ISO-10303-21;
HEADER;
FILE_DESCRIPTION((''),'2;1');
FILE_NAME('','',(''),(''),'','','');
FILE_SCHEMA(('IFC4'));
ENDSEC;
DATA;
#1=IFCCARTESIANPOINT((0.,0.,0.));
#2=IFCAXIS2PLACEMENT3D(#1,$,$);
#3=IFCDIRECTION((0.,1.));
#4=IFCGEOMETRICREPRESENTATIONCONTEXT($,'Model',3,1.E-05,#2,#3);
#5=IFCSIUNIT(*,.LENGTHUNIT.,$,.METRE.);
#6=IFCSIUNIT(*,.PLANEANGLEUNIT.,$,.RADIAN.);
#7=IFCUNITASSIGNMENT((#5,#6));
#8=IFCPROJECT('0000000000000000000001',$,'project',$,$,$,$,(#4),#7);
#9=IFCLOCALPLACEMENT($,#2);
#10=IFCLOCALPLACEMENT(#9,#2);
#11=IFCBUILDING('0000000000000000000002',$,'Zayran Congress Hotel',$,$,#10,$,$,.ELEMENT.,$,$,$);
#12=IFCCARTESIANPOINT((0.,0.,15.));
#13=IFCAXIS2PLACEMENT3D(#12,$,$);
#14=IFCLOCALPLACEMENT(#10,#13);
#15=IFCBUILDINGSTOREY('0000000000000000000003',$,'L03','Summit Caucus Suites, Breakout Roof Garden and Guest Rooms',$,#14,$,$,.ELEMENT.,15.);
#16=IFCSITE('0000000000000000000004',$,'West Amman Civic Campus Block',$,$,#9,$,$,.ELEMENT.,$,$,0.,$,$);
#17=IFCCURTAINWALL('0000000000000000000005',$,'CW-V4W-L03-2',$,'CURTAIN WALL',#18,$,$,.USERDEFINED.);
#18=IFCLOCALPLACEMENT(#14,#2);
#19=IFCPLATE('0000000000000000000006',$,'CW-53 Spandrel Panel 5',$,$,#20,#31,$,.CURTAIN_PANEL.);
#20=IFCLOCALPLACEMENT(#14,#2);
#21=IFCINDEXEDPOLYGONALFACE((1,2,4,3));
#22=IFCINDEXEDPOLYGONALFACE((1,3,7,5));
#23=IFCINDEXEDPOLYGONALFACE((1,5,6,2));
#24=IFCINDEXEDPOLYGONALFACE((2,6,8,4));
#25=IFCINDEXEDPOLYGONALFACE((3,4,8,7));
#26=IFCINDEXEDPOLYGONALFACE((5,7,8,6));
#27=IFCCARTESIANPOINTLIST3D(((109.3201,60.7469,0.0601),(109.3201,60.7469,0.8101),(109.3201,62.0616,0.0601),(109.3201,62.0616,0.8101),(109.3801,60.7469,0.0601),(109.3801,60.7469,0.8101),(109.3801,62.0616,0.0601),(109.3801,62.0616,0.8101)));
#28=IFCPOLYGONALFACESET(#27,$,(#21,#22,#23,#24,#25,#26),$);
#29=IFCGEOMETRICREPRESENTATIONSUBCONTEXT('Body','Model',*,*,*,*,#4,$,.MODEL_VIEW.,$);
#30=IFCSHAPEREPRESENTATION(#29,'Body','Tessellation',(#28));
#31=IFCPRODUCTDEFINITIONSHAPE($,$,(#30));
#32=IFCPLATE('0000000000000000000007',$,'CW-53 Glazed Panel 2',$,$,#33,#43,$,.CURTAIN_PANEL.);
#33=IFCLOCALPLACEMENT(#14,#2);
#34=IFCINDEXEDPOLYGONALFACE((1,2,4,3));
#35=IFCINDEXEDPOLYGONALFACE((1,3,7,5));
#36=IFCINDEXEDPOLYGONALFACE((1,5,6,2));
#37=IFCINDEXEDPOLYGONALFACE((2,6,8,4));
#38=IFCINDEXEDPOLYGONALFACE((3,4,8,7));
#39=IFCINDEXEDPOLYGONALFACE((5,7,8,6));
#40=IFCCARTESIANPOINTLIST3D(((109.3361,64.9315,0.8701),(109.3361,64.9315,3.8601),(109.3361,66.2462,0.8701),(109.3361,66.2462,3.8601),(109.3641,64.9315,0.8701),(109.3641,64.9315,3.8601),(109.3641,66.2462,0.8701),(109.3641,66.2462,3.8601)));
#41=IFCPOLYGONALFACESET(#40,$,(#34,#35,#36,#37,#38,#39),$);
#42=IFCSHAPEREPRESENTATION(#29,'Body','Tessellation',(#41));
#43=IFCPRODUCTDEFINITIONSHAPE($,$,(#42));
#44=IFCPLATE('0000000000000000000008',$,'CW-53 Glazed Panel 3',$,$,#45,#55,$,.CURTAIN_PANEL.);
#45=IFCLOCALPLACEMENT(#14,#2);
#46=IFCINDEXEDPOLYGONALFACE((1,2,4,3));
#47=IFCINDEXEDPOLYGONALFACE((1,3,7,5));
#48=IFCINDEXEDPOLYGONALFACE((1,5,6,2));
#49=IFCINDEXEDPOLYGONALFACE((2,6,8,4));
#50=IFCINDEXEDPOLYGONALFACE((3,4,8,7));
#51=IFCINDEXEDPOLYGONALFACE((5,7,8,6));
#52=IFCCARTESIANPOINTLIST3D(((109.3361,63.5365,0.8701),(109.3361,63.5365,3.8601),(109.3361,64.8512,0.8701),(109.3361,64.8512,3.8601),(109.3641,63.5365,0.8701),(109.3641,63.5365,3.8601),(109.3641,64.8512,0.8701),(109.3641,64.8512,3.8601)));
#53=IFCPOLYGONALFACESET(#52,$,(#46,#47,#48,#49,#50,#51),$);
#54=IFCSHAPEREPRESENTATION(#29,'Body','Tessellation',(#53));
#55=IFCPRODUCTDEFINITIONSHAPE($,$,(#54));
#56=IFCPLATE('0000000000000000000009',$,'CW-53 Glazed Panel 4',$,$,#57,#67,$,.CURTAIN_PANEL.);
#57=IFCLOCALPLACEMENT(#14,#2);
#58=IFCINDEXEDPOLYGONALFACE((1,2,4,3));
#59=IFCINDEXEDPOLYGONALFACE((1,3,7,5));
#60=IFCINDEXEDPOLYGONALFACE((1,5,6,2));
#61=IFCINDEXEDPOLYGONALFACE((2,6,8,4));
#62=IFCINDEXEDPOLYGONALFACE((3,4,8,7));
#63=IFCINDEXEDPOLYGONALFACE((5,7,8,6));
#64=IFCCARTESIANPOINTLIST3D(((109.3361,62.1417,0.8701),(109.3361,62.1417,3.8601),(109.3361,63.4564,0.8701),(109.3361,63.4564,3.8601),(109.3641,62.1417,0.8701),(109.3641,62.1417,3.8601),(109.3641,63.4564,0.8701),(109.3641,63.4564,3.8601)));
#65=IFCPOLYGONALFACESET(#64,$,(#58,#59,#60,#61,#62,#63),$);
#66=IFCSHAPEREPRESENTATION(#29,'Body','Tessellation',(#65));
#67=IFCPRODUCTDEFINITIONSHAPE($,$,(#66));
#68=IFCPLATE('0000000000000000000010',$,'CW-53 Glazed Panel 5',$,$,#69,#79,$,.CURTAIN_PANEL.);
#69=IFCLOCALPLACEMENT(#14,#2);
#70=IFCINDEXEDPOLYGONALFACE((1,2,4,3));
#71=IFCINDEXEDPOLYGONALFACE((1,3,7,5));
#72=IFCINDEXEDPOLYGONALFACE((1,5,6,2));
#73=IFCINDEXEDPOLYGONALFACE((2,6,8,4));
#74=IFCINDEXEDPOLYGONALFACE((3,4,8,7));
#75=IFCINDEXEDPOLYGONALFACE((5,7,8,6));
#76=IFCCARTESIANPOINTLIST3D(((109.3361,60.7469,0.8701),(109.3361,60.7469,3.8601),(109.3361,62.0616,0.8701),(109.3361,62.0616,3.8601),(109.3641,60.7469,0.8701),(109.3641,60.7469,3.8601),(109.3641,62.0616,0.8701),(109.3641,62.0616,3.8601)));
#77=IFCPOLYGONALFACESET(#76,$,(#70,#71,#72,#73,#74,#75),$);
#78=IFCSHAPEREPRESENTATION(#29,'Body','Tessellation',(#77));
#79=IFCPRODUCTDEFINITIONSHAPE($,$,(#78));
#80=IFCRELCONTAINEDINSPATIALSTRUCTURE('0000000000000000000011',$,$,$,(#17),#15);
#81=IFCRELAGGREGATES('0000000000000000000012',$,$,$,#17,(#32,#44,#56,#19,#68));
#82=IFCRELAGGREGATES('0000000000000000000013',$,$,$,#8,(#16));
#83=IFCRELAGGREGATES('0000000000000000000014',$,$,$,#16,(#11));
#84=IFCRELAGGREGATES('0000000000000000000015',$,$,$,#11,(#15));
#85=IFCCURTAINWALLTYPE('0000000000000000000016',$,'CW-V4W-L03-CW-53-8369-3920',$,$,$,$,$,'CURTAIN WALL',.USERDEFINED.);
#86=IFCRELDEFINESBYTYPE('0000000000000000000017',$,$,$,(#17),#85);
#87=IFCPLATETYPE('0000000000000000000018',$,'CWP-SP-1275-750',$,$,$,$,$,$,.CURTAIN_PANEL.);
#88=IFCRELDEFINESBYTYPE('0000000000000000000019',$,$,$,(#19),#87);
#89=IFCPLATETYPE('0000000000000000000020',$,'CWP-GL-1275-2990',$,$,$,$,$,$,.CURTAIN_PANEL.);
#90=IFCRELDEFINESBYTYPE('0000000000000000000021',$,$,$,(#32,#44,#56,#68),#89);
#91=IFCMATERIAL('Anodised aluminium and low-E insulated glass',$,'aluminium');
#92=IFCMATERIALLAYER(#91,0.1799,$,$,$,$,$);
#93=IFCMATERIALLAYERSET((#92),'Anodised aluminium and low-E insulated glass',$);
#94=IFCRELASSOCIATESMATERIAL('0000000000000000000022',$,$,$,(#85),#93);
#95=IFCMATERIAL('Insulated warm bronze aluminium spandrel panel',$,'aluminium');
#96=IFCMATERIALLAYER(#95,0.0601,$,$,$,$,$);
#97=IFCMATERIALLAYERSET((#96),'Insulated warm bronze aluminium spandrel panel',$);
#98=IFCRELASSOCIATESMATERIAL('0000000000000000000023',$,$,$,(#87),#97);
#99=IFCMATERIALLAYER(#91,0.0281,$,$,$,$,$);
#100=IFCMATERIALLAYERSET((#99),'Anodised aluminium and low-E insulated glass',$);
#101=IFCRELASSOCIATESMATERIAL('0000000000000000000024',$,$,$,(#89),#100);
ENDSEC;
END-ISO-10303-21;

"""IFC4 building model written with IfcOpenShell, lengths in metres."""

from ifc_helpers import new_model, si_unit, direction, frame, origin, origin_2d, place, context, subcontext, project, spatial, rectangle, extrude, material, layer, layer_set, type_object, element, aggregate, save


model = new_model("IFC4")

# Units and contexts
model_context = context("Model", 3, precision=1e-05, world=origin(), true_north=direction((0.0, 1.0)))
body_context = subcontext(model_context, "Body", "Model", "MODEL_VIEW")
ifc_project = project(units=[si_unit("LENGTHUNIT", "METRE"), si_unit("PLANEANGLEUNIT", "RADIAN")], contexts=[model_context])

# Site, building, storey
site_placement = place(None, origin())
site = spatial("IfcSite", under=ifc_project, at=site_placement, Name="West Amman Civic Campus Block", CompositionType="ELEMENT", RefElevation=0.0)
building_placement = place(site_placement, origin())
building = spatial("IfcBuilding", under=site, at=building_placement, Name="Zayran Congress Hotel", CompositionType="ELEMENT")
storey_placement = place(building_placement, frame((0.0, 0.0, 15.0)))
storey = spatial("IfcBuildingStorey", under=building, at=storey_placement, Name="L03", Description="Summit Caucus Suites, Breakout Roof Garden and Guest Rooms", CompositionType="ELEMENT", Elevation=15.0)

# Curtain wall, plates
ifc_material_1 = material(Name="Anodised aluminium and low-E insulated glass", Category="aluminium")
ifc_layer_1 = layer(ifc_material_1, 0.1799)
ifc_layer_set_1 = layer_set([ifc_layer_1], Name="Anodised aluminium and low-E insulated glass")
curtain_wall_type = type_object("IfcCurtainWallType", Name="CW-V4W-L03-CW-53-8369-3920", ElementType="CURTAIN WALL", PredefinedType="USERDEFINED", material=ifc_layer_set_1)
curtain_wall_placement = place(storey_placement, origin())
curtain_wall = element("IfcCurtainWall", 1, at=curtain_wall_placement, inside=storey, type_object=curtain_wall_type, Name="CW-V4W-L03-2", ObjectType="CURTAIN WALL", PredefinedType="USERDEFINED")
ifc_material_2 = material(Name="Insulated warm bronze aluminium spandrel panel", Category="aluminium")
ifc_layer_2 = layer(ifc_material_2, 0.0601)
ifc_layer_set_2 = layer_set([ifc_layer_2], Name="Insulated warm bronze aluminium spandrel panel")
plate_type_1 = type_object("IfcPlateType", Name="CWP-SP-1275-750", PredefinedType="CURTAIN_PANEL", material=ifc_layer_set_2)
plate_1_placement = place(storey_placement, frame((109.3501, 61.4043, 0.0601), z_axis=(0.0, 0.0, 1.0), x_axis=(0.0, 1.0, 0.0)))
plate_1 = element("IfcPlate", 2, at=plate_1_placement, type_object=plate_type_1, Name="CW-53 Spandrel Panel 5", PredefinedType="CURTAIN_PANEL", context=body_context, shape_type="SweptSolid", body=[
    extrude(rectangle(XDim=1.3147, YDim=0.0601, at=origin_2d()), origin(), (0.0, 0.0, 1.0), 0.75),
])
ifc_layer_3 = layer(ifc_material_1, 0.0281)
ifc_layer_set_3 = layer_set([ifc_layer_3], Name="Anodised aluminium and low-E insulated glass")
plate_type_2 = type_object("IfcPlateType", Name="CWP-GL-1275-2990", PredefinedType="CURTAIN_PANEL", material=ifc_layer_set_3)
plate_2_placement = place(storey_placement, frame((109.3501, 65.5889, 0.8701), z_axis=(0.0, 0.0, 1.0), x_axis=(0.0, 1.0, 0.0)))
plate_2 = element("IfcPlate", 3, at=plate_2_placement, type_object=plate_type_2, Name="CW-53 Glazed Panel 2", PredefinedType="CURTAIN_PANEL", context=body_context, shape_type="SweptSolid", body=[
    extrude(rectangle(XDim=1.3147, YDim=0.0281, at=origin_2d()), origin(), (0.0, 0.0, 1.0), 2.99),
])
plate_3_placement = place(storey_placement, frame((109.3501, 64.1938, 0.8701), z_axis=(0.0, 0.0, 1.0), x_axis=(0.0, 1.0, 0.0)))
plate_3 = element("IfcPlate", 4, at=plate_3_placement, type_object=plate_type_2, Name="CW-53 Glazed Panel 3", PredefinedType="CURTAIN_PANEL", context=body_context, shape_type="SweptSolid", body=[
    extrude(rectangle(XDim=1.3147, YDim=0.0281, at=origin_2d()), origin(), (0.0, 0.0, 1.0), 2.99),
])
plate_4_placement = place(storey_placement, frame((109.3501, 62.7991, 0.8701), z_axis=(0.0, 0.0, 1.0), x_axis=(0.0, 1.0, 0.0)))
plate_4 = element("IfcPlate", 5, at=plate_4_placement, type_object=plate_type_2, Name="CW-53 Glazed Panel 4", PredefinedType="CURTAIN_PANEL", context=body_context, shape_type="SweptSolid", body=[
    extrude(rectangle(XDim=1.3147, YDim=0.0281, at=origin_2d()), origin(), (0.0, 0.0, 1.0), 2.99),
])
plate_5_placement = place(storey_placement, frame((109.3501, 61.4043, 0.8701), z_axis=(0.0, 0.0, 1.0), x_axis=(0.0, 1.0, 0.0)))
plate_5 = element("IfcPlate", 6, at=plate_5_placement, type_object=plate_type_2, Name="CW-53 Glazed Panel 5", PredefinedType="CURTAIN_PANEL", context=body_context, shape_type="SweptSolid", body=[
    extrude(rectangle(XDim=1.3147, YDim=0.0281, at=origin_2d()), origin(), (0.0, 0.0, 1.0), 2.99),
])
aggregate(curtain_wall, [plate_2, plate_3, plate_4, plate_1, plate_5])

save(model, "model.ifc")
